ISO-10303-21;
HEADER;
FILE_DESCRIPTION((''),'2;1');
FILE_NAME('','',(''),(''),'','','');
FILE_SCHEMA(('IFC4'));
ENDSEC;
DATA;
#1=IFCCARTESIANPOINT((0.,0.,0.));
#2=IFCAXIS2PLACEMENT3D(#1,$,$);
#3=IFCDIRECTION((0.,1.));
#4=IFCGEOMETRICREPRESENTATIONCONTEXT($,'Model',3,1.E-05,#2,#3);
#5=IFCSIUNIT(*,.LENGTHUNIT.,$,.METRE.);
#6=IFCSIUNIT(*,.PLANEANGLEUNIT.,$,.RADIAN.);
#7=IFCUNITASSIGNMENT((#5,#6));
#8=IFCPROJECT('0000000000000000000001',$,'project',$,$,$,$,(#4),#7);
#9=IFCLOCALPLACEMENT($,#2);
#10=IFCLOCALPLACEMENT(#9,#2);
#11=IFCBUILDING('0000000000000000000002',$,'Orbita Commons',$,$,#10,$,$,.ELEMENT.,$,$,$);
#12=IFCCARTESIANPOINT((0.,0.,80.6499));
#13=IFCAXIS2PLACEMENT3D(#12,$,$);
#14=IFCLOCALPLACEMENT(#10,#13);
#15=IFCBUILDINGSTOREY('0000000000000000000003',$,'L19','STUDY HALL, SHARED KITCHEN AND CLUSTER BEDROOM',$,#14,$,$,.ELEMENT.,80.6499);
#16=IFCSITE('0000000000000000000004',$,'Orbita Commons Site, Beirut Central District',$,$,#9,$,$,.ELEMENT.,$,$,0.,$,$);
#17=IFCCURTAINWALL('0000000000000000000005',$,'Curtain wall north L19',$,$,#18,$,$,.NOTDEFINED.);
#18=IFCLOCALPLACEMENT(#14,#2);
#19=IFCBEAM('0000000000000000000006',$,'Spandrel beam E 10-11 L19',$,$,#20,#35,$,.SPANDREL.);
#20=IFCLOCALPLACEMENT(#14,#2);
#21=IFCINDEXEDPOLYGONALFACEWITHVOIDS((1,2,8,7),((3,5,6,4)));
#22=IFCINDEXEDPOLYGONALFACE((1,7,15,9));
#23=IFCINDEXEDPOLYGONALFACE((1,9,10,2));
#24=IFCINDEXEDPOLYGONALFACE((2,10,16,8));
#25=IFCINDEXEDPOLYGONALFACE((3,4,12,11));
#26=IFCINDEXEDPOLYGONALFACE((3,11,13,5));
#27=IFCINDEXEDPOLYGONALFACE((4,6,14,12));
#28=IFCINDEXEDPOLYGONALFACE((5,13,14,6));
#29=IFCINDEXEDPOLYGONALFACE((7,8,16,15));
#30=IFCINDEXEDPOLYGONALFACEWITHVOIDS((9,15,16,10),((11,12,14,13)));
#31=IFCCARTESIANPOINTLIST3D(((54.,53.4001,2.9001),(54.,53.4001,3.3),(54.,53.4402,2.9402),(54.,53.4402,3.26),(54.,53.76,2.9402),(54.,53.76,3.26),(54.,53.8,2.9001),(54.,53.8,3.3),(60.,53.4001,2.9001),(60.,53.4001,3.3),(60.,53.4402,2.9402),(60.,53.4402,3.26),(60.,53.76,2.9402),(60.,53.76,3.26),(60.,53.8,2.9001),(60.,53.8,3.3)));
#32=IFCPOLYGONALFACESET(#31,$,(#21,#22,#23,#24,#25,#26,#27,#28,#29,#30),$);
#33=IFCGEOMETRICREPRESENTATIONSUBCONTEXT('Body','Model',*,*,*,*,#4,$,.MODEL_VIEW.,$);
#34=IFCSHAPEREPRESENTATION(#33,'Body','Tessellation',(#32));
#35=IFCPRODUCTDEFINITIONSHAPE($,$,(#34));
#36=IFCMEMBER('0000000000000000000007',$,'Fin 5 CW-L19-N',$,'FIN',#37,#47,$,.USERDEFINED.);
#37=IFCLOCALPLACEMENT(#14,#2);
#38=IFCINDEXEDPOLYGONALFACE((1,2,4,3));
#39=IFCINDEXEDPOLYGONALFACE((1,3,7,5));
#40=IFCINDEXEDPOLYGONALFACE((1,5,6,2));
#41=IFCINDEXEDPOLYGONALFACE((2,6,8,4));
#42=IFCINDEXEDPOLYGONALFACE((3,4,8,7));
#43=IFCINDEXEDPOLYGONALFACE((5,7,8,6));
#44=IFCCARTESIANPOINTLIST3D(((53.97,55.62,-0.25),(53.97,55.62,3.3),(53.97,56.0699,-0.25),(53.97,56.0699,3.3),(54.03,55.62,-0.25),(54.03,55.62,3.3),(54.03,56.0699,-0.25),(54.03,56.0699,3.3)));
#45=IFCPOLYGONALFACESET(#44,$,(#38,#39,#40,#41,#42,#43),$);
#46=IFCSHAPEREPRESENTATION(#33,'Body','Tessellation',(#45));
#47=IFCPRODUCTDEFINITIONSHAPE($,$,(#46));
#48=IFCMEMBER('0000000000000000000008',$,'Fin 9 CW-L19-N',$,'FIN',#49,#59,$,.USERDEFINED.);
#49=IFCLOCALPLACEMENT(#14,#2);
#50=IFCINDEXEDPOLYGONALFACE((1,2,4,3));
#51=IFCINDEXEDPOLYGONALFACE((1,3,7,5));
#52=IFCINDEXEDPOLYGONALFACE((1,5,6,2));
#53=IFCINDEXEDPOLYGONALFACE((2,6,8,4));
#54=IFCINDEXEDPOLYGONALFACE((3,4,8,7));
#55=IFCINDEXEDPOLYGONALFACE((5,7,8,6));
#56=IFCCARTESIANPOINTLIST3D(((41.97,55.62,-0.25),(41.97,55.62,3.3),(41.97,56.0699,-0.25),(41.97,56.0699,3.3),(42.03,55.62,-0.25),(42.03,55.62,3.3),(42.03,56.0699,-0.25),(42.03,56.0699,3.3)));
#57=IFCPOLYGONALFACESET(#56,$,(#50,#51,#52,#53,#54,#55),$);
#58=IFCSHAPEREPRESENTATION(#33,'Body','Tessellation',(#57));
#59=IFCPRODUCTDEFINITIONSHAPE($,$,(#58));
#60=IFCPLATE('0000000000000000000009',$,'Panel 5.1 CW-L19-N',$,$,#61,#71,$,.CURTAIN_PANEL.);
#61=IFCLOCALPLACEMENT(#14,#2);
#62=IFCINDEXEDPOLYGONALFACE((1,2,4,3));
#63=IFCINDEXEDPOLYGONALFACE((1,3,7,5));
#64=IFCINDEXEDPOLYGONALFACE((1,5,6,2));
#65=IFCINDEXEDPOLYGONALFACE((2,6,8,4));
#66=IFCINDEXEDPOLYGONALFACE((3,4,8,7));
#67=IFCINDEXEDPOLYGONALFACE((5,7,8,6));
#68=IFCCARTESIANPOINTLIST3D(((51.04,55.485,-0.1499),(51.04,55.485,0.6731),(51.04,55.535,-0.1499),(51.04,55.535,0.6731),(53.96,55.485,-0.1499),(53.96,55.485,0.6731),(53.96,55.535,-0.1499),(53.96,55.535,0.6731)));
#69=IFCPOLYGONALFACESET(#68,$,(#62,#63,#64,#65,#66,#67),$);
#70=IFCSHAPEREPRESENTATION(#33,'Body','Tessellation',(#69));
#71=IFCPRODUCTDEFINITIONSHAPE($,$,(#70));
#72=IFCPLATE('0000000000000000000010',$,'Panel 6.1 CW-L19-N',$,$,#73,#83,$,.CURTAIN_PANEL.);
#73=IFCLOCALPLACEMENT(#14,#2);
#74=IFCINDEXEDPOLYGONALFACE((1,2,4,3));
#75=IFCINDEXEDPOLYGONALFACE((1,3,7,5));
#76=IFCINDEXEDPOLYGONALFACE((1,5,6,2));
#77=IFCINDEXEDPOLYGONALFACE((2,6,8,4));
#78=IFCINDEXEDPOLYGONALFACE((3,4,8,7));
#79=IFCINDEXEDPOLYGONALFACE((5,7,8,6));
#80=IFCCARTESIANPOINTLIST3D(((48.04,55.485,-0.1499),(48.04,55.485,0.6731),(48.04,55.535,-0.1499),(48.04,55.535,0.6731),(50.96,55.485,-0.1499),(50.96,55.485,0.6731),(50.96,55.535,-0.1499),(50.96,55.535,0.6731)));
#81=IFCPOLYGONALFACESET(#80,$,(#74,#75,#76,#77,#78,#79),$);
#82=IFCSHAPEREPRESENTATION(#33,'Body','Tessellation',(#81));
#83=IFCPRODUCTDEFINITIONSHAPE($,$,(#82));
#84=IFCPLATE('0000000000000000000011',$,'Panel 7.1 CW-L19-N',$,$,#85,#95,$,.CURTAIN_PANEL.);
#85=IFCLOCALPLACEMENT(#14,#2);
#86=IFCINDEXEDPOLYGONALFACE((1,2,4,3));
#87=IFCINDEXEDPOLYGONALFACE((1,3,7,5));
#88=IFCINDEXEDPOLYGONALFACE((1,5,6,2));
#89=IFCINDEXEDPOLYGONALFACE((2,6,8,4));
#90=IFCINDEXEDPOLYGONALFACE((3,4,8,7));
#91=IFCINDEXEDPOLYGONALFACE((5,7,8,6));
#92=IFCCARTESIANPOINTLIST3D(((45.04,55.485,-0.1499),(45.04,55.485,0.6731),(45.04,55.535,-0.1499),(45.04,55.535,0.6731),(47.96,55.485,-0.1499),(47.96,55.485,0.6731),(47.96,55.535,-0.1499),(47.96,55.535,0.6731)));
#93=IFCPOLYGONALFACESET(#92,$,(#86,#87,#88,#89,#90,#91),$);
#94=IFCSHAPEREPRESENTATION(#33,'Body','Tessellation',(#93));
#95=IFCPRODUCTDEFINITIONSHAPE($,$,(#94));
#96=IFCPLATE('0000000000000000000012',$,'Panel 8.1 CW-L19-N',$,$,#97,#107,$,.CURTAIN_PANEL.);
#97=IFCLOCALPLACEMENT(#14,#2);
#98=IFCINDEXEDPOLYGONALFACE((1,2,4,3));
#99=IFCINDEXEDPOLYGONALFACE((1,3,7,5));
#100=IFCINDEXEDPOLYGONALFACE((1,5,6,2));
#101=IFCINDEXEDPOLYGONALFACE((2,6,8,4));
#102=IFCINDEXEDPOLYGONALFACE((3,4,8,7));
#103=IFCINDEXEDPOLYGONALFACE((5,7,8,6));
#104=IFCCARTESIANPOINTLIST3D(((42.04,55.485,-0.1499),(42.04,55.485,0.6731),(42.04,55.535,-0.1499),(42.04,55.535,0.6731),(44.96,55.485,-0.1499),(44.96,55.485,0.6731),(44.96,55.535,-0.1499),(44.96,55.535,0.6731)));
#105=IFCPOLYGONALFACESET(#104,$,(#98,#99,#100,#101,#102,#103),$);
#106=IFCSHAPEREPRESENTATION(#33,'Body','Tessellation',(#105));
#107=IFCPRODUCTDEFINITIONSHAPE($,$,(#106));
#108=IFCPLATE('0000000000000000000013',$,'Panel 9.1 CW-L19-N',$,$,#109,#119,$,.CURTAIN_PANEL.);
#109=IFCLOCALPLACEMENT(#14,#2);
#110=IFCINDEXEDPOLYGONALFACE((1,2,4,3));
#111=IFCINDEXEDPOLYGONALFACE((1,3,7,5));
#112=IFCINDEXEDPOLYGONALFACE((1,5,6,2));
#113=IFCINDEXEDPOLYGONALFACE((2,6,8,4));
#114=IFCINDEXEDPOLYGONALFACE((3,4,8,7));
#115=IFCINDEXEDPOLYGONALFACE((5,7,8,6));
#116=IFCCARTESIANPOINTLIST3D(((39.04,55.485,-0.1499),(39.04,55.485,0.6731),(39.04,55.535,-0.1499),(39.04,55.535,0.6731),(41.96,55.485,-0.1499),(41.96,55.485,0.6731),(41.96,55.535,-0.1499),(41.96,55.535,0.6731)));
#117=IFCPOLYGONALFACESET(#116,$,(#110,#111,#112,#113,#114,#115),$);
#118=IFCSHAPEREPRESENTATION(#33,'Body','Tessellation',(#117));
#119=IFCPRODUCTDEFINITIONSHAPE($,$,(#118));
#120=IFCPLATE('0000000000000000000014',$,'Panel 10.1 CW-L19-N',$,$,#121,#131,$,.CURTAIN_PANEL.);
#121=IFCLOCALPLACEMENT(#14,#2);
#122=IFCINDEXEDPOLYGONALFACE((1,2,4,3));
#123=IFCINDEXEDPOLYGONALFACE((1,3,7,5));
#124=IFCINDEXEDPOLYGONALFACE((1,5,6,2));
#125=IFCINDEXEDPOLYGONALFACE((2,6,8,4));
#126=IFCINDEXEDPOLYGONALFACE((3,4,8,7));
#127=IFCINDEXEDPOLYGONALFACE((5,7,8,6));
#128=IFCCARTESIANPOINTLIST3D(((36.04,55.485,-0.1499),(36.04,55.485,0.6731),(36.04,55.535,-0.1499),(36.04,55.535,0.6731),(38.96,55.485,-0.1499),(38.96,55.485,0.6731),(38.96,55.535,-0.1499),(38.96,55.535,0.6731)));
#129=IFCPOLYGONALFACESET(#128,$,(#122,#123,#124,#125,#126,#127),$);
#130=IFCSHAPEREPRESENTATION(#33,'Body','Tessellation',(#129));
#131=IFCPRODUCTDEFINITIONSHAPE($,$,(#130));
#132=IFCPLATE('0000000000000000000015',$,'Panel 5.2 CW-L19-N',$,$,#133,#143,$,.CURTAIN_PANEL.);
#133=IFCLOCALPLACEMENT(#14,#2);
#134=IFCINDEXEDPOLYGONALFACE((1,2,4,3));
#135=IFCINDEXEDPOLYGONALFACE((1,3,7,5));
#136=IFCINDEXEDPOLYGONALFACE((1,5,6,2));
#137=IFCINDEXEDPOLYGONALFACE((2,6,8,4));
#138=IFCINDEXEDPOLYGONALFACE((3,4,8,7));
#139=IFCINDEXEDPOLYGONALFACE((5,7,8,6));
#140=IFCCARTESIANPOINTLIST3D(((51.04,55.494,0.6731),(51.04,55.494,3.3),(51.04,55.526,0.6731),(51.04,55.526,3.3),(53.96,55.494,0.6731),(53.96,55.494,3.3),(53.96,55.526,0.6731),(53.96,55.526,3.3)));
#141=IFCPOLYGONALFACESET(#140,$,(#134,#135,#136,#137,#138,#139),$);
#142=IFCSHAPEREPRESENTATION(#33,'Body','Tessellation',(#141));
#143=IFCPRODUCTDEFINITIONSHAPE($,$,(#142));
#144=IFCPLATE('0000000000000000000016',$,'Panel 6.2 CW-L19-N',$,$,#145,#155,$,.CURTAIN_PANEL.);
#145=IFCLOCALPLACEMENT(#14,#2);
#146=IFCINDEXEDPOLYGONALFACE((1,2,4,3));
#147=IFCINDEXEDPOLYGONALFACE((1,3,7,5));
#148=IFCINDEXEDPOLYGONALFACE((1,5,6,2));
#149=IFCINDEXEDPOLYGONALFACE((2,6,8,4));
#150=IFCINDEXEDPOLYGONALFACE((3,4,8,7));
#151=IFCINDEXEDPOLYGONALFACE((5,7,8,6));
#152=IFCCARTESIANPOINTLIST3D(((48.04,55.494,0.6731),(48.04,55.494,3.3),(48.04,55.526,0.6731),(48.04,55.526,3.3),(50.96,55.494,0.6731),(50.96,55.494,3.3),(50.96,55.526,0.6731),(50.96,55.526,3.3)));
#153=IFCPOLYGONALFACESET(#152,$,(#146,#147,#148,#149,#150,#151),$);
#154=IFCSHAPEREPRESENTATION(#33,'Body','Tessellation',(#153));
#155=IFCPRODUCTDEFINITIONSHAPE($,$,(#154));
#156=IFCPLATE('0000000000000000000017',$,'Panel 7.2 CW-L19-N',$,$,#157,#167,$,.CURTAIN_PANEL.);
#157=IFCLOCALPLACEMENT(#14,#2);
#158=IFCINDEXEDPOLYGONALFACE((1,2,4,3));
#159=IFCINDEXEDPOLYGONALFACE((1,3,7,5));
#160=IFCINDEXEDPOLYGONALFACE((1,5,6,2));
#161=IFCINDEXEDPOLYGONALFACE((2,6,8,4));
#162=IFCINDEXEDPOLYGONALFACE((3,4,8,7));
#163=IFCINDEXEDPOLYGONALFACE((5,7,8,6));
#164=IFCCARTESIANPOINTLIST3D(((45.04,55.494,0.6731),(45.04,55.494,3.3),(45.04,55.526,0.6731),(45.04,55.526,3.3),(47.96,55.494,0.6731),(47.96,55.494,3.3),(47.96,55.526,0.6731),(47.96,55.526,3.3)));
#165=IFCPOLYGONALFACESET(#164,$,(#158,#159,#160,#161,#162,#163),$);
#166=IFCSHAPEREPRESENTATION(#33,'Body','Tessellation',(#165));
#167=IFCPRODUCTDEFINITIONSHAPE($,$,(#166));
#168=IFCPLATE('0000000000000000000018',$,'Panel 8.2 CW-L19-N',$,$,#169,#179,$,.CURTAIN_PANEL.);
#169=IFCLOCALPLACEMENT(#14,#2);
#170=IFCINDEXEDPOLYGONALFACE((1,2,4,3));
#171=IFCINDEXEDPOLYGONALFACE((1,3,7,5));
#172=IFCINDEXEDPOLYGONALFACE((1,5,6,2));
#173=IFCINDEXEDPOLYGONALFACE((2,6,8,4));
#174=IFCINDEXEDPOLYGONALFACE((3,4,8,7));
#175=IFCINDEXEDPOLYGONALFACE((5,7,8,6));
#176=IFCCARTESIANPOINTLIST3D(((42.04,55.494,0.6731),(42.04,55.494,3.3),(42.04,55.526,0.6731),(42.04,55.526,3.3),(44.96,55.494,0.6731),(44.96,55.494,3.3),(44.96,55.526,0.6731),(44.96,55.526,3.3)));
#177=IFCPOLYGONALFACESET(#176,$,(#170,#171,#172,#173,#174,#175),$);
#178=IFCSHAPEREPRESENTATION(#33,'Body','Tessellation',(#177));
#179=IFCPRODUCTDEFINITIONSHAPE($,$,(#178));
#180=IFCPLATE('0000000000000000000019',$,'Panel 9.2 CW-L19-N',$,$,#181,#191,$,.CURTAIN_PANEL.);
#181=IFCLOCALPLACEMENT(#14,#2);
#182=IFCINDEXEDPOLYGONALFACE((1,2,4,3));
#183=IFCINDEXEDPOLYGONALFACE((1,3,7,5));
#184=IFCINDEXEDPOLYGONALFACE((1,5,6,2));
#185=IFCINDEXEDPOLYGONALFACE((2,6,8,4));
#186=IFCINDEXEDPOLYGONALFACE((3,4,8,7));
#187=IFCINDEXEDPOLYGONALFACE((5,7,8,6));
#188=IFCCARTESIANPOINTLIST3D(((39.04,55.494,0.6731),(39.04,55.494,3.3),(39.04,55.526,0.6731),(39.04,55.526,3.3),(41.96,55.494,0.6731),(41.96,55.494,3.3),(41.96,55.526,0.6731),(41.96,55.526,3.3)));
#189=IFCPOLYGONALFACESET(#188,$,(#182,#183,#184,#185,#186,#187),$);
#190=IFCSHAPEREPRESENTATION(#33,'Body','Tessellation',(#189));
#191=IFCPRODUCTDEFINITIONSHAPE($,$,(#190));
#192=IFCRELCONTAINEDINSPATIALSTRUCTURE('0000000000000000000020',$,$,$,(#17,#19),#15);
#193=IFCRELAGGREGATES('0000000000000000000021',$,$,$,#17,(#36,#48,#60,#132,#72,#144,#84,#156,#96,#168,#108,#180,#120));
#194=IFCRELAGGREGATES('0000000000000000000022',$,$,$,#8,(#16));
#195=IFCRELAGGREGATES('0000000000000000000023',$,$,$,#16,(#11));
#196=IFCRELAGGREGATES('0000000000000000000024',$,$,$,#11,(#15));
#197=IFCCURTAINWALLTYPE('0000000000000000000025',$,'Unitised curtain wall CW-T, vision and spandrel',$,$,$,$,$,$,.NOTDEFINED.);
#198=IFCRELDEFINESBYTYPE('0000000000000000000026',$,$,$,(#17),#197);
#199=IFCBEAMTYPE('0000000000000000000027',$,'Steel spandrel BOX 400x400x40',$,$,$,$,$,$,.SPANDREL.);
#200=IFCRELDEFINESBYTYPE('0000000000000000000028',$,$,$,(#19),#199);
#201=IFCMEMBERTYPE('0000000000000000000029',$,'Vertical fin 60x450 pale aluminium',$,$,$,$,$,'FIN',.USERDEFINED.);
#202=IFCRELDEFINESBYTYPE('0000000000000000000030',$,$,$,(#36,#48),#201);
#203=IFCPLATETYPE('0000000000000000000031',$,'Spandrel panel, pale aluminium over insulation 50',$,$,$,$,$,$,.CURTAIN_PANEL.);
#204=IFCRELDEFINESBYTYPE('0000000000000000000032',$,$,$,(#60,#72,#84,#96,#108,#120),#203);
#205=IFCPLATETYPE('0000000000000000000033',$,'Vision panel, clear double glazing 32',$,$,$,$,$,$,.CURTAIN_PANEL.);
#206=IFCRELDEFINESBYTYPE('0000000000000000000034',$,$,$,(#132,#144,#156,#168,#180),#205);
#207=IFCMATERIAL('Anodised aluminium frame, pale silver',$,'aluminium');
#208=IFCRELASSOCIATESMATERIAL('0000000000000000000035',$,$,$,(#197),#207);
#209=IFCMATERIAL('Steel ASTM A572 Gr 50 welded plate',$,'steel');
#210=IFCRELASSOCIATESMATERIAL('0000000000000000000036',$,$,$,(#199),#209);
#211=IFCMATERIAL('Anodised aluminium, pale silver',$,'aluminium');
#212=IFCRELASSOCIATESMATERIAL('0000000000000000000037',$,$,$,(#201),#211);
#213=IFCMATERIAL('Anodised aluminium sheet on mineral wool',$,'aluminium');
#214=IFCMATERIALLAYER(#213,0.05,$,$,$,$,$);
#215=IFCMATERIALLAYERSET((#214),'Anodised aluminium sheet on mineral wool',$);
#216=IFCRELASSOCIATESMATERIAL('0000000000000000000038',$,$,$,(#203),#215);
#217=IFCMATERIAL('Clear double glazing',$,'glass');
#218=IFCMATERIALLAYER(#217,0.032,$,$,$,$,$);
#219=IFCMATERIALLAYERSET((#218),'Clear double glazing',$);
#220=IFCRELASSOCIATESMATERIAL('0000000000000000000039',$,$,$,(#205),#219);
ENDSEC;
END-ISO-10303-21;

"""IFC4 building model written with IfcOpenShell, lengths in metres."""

from ifc_helpers import new_model, si_unit, direction, frame, origin, origin_2d, place, context, subcontext, project, spatial, rectangle, hollow_rectangle, extrude, material, layer, layer_set, material_profile, profile_set, type_object, element, aggregate, save


model = new_model("IFC4")

# Units and contexts
model_context = context("Model", 3, precision=1e-05, world=origin(), true_north=direction((0.0, 1.0)))
body_context = subcontext(model_context, "Body", "Model", "MODEL_VIEW")
ifc_project = project(units=[si_unit("LENGTHUNIT", "METRE"), si_unit("PLANEANGLEUNIT", "RADIAN")], contexts=[model_context])

# Site, building, storey
site_placement = place(None, origin())
site = spatial("IfcSite", under=ifc_project, at=site_placement, Name="Orbita Commons Site, Beirut Central District", CompositionType="ELEMENT", RefElevation=0.0)
building_placement = place(site_placement, origin())
building = spatial("IfcBuilding", under=site, at=building_placement, Name="Orbita Commons", CompositionType="ELEMENT")
storey_placement = place(building_placement, frame((0.0, 0.0, 80.6499)))
storey = spatial("IfcBuildingStorey", under=building, at=storey_placement, Name="L19", Description="STUDY HALL, SHARED KITCHEN AND CLUSTER BEDROOM", CompositionType="ELEMENT", Elevation=80.6499)

# Curtain wall
ifc_material_1 = material(Name="Anodised aluminium frame, pale silver", Category="aluminium")
curtain_wall_type = type_object("IfcCurtainWallType", Name="Unitised curtain wall CW-T, vision and spandrel", PredefinedType="NOTDEFINED", material=ifc_material_1)
curtain_wall_placement = place(storey_placement, origin())
curtain_wall = element("IfcCurtainWall", 1, at=curtain_wall_placement, inside=storey, type_object=curtain_wall_type, Name="Curtain wall north L19", PredefinedType="NOTDEFINED")

# Beam
ifc_material_2 = material(Name="Steel ASTM A572 Gr 50 welded plate", Category="steel")
ifc_material_profile_1 = material_profile(ifc_material_2, hollow_rectangle(XDim=0.3999, YDim=0.3999, WallThickness=0.04, at=origin_2d()), Name="BOX 400x400x40")
ifc_profile_set_1 = profile_set([ifc_material_profile_1], Name="Steel ASTM A572 Gr 50 welded plate")
beam_type = type_object("IfcBeamType", Name="Steel spandrel BOX 400x400x40", PredefinedType="SPANDREL", material=ifc_profile_set_1)
beam_placement = place(storey_placement, frame((54.0, 53.6001, 3.1001), z_axis=(1.0, 0.0, 0.0), x_axis=(0.0, 1.0, 0.0)))
element("IfcBeam", 2, at=beam_placement, inside=storey, type_object=beam_type, Name="Spandrel beam E 10-11 L19", PredefinedType="SPANDREL", context=body_context, shape_type="SweptSolid", body=[
    extrude(hollow_rectangle(XDim=0.3999, YDim=0.3999, WallThickness=0.04, at=origin_2d()), origin(), (0.0, 0.0, 1.0), 6.0),
])

# Members
ifc_material_3 = material(Name="Anodised aluminium, pale silver", Category="aluminium")
ifc_material_profile_2 = material_profile(ifc_material_3, rectangle(XDim=0.0601, YDim=0.45, at=origin_2d()), Name="FIN 60x450")
ifc_profile_set_2 = profile_set([ifc_material_profile_2], Name="Anodised aluminium, pale silver")
member_type_1 = type_object("IfcMemberType", Name="Vertical fin 60x450 pale aluminium", ElementType="FIN", PredefinedType="USERDEFINED", material=ifc_profile_set_2)
member_1_placement = place(storey_placement, frame((54.0, 55.845, -0.25), z_axis=(0.0, 0.0, 1.0), x_axis=(-1.0, 0.0, 0.0)))
member_1 = element("IfcMember", 3, at=member_1_placement, type_object=member_type_1, Name="Fin 5 CW-L19-N", ObjectType="FIN", PredefinedType="USERDEFINED", context=body_context, shape_type="SweptSolid", body=[
    extrude(rectangle(XDim=0.0601, YDim=0.45, at=origin_2d()), origin(), (0.0, 0.0, 1.0), 3.55),
])
member_2_placement = place(storey_placement, frame((42.0, 55.845, -0.25), z_axis=(0.0, 0.0, 1.0), x_axis=(-1.0, 0.0, 0.0)))
member_2 = element("IfcMember", 4, at=member_2_placement, type_object=member_type_1, Name="Fin 9 CW-L19-N", ObjectType="FIN", PredefinedType="USERDEFINED", context=body_context, shape_type="SweptSolid", body=[
    extrude(rectangle(XDim=0.0601, YDim=0.45, at=origin_2d()), origin(), (0.0, 0.0, 1.0), 3.55),
])

# Plates
ifc_material_4 = material(Name="Anodised aluminium sheet on mineral wool", Category="aluminium")
ifc_layer_1 = layer(ifc_material_4, 0.05)
ifc_layer_set_1 = layer_set([ifc_layer_1], Name="Anodised aluminium sheet on mineral wool")
plate_type_1 = type_object("IfcPlateType", Name="Spandrel panel, pale aluminium over insulation 50", PredefinedType="CURTAIN_PANEL", material=ifc_layer_set_1)
plate_1_placement = place(storey_placement, frame((52.5, 55.51, -0.1499), z_axis=(0.0, 0.0, 1.0), x_axis=(-1.0, 0.0, 0.0)))
plate_1 = element("IfcPlate", 5, at=plate_1_placement, type_object=plate_type_1, Name="Panel 5.1 CW-L19-N", PredefinedType="CURTAIN_PANEL", context=body_context, shape_type="SweptSolid", body=[
    extrude(rectangle(XDim=2.9199, YDim=0.05, at=origin_2d()), origin(), (0.0, 0.0, 1.0), 0.823),
])
plate_2_placement = place(storey_placement, frame((49.5, 55.51, -0.1499), z_axis=(0.0, 0.0, 1.0), x_axis=(-1.0, 0.0, 0.0)))
plate_2 = element("IfcPlate", 6, at=plate_2_placement, type_object=plate_type_1, Name="Panel 6.1 CW-L19-N", PredefinedType="CURTAIN_PANEL", context=body_context, shape_type="SweptSolid", body=[
    extrude(rectangle(XDim=2.9199, YDim=0.05, at=origin_2d()), origin(), (0.0, 0.0, 1.0), 0.823),
])
plate_3_placement = place(storey_placement, frame((46.5, 55.51, -0.1499), z_axis=(0.0, 0.0, 1.0), x_axis=(-1.0, 0.0, 0.0)))
plate_3 = element("IfcPlate", 7, at=plate_3_placement, type_object=plate_type_1, Name="Panel 7.1 CW-L19-N", PredefinedType="CURTAIN_PANEL", context=body_context, shape_type="SweptSolid", body=[
    extrude(rectangle(XDim=2.9199, YDim=0.05, at=origin_2d()), origin(), (0.0, 0.0, 1.0), 0.823),
])
plate_4_placement = place(storey_placement, frame((43.5, 55.51, -0.1499), z_axis=(0.0, 0.0, 1.0), x_axis=(-1.0, 0.0, 0.0)))
plate_4 = element("IfcPlate", 8, at=plate_4_placement, type_object=plate_type_1, Name="Panel 8.1 CW-L19-N", PredefinedType="CURTAIN_PANEL", context=body_context, shape_type="SweptSolid", body=[
    extrude(rectangle(XDim=2.9199, YDim=0.05, at=origin_2d()), origin(), (0.0, 0.0, 1.0), 0.823),
])
plate_5_placement = place(storey_placement, frame((40.5, 55.51, -0.1499), z_axis=(0.0, 0.0, 1.0), x_axis=(-1.0, 0.0, 0.0)))
plate_5 = element("IfcPlate", 9, at=plate_5_placement, type_object=plate_type_1, Name="Panel 9.1 CW-L19-N", PredefinedType="CURTAIN_PANEL", context=body_context, shape_type="SweptSolid", body=[
    extrude(rectangle(XDim=2.9199, YDim=0.05, at=origin_2d()), origin(), (0.0, 0.0, 1.0), 0.823),
])
plate_6_placement = place(storey_placement, frame((37.5, 55.51, -0.1499), z_axis=(0.0, 0.0, 1.0), x_axis=(-1.0, 0.0, 0.0)))
plate_6 = element("IfcPlate", 10, at=plate_6_placement, type_object=plate_type_1, Name="Panel 10.1 CW-L19-N", PredefinedType="CURTAIN_PANEL", context=body_context, shape_type="SweptSolid", body=[
    extrude(rectangle(XDim=2.9199, YDim=0.05, at=origin_2d()), origin(), (0.0, 0.0, 1.0), 0.823),
])
ifc_material_5 = material(Name="Clear double glazing", Category="glass")
ifc_layer_2 = layer(ifc_material_5, 0.032)
ifc_layer_set_2 = layer_set([ifc_layer_2], Name="Clear double glazing")
plate_type_2 = type_object("IfcPlateType", Name="Vision panel, clear double glazing 32", PredefinedType="CURTAIN_PANEL", material=ifc_layer_set_2)
plate_7_placement = place(storey_placement, frame((52.5, 55.51, 0.6731), z_axis=(0.0, 0.0, 1.0), x_axis=(-1.0, 0.0, 0.0)))
plate_7 = element("IfcPlate", 11, at=plate_7_placement, type_object=plate_type_2, Name="Panel 5.2 CW-L19-N", PredefinedType="CURTAIN_PANEL", context=body_context, shape_type="SweptSolid", body=[
    extrude(rectangle(XDim=2.9199, YDim=0.032, at=origin_2d()), origin(), (0.0, 0.0, 1.0), 2.627),
])
plate_8_placement = place(storey_placement, frame((49.5, 55.51, 0.6731), z_axis=(0.0, 0.0, 1.0), x_axis=(-1.0, 0.0, 0.0)))
plate_8 = element("IfcPlate", 12, at=plate_8_placement, type_object=plate_type_2, Name="Panel 6.2 CW-L19-N", PredefinedType="CURTAIN_PANEL", context=body_context, shape_type="SweptSolid", body=[
    extrude(rectangle(XDim=2.9199, YDim=0.032, at=origin_2d()), origin(), (0.0, 0.0, 1.0), 2.627),
])
plate_9_placement = place(storey_placement, frame((46.5, 55.51, 0.6731), z_axis=(0.0, 0.0, 1.0), x_axis=(-1.0, 0.0, 0.0)))
plate_9 = element("IfcPlate", 13, at=plate_9_placement, type_object=plate_type_2, Name="Panel 7.2 CW-L19-N", PredefinedType="CURTAIN_PANEL", context=body_context, shape_type="SweptSolid", body=[
    extrude(rectangle(XDim=2.9199, YDim=0.032, at=origin_2d()), origin(), (0.0, 0.0, 1.0), 2.627),
])
plate_10_placement = place(storey_placement, frame((43.5, 55.51, 0.6731), z_axis=(0.0, 0.0, 1.0), x_axis=(-1.0, 0.0, 0.0)))
plate_10 = element("IfcPlate", 14, at=plate_10_placement, type_object=plate_type_2, Name="Panel 8.2 CW-L19-N", PredefinedType="CURTAIN_PANEL", context=body_context, shape_type="SweptSolid", body=[
    extrude(rectangle(XDim=2.9199, YDim=0.032, at=origin_2d()), origin(), (0.0, 0.0, 1.0), 2.627),
])
plate_11_placement = place(storey_placement, frame((40.5, 55.51, 0.6731), z_axis=(0.0, 0.0, 1.0), x_axis=(-1.0, 0.0, 0.0)))
plate_11 = element("IfcPlate", 15, at=plate_11_placement, type_object=plate_type_2, Name="Panel 9.2 CW-L19-N", PredefinedType="CURTAIN_PANEL", context=body_context, shape_type="SweptSolid", body=[
    extrude(rectangle(XDim=2.9199, YDim=0.032, at=origin_2d()), origin(), (0.0, 0.0, 1.0), 2.627),
])
aggregate(curtain_wall, [member_1, member_2, plate_1, plate_7, plate_2, plate_8, plate_3, plate_9, plate_4, plate_10, plate_5, plate_11, plate_6])

save(model, "model.ifc")
